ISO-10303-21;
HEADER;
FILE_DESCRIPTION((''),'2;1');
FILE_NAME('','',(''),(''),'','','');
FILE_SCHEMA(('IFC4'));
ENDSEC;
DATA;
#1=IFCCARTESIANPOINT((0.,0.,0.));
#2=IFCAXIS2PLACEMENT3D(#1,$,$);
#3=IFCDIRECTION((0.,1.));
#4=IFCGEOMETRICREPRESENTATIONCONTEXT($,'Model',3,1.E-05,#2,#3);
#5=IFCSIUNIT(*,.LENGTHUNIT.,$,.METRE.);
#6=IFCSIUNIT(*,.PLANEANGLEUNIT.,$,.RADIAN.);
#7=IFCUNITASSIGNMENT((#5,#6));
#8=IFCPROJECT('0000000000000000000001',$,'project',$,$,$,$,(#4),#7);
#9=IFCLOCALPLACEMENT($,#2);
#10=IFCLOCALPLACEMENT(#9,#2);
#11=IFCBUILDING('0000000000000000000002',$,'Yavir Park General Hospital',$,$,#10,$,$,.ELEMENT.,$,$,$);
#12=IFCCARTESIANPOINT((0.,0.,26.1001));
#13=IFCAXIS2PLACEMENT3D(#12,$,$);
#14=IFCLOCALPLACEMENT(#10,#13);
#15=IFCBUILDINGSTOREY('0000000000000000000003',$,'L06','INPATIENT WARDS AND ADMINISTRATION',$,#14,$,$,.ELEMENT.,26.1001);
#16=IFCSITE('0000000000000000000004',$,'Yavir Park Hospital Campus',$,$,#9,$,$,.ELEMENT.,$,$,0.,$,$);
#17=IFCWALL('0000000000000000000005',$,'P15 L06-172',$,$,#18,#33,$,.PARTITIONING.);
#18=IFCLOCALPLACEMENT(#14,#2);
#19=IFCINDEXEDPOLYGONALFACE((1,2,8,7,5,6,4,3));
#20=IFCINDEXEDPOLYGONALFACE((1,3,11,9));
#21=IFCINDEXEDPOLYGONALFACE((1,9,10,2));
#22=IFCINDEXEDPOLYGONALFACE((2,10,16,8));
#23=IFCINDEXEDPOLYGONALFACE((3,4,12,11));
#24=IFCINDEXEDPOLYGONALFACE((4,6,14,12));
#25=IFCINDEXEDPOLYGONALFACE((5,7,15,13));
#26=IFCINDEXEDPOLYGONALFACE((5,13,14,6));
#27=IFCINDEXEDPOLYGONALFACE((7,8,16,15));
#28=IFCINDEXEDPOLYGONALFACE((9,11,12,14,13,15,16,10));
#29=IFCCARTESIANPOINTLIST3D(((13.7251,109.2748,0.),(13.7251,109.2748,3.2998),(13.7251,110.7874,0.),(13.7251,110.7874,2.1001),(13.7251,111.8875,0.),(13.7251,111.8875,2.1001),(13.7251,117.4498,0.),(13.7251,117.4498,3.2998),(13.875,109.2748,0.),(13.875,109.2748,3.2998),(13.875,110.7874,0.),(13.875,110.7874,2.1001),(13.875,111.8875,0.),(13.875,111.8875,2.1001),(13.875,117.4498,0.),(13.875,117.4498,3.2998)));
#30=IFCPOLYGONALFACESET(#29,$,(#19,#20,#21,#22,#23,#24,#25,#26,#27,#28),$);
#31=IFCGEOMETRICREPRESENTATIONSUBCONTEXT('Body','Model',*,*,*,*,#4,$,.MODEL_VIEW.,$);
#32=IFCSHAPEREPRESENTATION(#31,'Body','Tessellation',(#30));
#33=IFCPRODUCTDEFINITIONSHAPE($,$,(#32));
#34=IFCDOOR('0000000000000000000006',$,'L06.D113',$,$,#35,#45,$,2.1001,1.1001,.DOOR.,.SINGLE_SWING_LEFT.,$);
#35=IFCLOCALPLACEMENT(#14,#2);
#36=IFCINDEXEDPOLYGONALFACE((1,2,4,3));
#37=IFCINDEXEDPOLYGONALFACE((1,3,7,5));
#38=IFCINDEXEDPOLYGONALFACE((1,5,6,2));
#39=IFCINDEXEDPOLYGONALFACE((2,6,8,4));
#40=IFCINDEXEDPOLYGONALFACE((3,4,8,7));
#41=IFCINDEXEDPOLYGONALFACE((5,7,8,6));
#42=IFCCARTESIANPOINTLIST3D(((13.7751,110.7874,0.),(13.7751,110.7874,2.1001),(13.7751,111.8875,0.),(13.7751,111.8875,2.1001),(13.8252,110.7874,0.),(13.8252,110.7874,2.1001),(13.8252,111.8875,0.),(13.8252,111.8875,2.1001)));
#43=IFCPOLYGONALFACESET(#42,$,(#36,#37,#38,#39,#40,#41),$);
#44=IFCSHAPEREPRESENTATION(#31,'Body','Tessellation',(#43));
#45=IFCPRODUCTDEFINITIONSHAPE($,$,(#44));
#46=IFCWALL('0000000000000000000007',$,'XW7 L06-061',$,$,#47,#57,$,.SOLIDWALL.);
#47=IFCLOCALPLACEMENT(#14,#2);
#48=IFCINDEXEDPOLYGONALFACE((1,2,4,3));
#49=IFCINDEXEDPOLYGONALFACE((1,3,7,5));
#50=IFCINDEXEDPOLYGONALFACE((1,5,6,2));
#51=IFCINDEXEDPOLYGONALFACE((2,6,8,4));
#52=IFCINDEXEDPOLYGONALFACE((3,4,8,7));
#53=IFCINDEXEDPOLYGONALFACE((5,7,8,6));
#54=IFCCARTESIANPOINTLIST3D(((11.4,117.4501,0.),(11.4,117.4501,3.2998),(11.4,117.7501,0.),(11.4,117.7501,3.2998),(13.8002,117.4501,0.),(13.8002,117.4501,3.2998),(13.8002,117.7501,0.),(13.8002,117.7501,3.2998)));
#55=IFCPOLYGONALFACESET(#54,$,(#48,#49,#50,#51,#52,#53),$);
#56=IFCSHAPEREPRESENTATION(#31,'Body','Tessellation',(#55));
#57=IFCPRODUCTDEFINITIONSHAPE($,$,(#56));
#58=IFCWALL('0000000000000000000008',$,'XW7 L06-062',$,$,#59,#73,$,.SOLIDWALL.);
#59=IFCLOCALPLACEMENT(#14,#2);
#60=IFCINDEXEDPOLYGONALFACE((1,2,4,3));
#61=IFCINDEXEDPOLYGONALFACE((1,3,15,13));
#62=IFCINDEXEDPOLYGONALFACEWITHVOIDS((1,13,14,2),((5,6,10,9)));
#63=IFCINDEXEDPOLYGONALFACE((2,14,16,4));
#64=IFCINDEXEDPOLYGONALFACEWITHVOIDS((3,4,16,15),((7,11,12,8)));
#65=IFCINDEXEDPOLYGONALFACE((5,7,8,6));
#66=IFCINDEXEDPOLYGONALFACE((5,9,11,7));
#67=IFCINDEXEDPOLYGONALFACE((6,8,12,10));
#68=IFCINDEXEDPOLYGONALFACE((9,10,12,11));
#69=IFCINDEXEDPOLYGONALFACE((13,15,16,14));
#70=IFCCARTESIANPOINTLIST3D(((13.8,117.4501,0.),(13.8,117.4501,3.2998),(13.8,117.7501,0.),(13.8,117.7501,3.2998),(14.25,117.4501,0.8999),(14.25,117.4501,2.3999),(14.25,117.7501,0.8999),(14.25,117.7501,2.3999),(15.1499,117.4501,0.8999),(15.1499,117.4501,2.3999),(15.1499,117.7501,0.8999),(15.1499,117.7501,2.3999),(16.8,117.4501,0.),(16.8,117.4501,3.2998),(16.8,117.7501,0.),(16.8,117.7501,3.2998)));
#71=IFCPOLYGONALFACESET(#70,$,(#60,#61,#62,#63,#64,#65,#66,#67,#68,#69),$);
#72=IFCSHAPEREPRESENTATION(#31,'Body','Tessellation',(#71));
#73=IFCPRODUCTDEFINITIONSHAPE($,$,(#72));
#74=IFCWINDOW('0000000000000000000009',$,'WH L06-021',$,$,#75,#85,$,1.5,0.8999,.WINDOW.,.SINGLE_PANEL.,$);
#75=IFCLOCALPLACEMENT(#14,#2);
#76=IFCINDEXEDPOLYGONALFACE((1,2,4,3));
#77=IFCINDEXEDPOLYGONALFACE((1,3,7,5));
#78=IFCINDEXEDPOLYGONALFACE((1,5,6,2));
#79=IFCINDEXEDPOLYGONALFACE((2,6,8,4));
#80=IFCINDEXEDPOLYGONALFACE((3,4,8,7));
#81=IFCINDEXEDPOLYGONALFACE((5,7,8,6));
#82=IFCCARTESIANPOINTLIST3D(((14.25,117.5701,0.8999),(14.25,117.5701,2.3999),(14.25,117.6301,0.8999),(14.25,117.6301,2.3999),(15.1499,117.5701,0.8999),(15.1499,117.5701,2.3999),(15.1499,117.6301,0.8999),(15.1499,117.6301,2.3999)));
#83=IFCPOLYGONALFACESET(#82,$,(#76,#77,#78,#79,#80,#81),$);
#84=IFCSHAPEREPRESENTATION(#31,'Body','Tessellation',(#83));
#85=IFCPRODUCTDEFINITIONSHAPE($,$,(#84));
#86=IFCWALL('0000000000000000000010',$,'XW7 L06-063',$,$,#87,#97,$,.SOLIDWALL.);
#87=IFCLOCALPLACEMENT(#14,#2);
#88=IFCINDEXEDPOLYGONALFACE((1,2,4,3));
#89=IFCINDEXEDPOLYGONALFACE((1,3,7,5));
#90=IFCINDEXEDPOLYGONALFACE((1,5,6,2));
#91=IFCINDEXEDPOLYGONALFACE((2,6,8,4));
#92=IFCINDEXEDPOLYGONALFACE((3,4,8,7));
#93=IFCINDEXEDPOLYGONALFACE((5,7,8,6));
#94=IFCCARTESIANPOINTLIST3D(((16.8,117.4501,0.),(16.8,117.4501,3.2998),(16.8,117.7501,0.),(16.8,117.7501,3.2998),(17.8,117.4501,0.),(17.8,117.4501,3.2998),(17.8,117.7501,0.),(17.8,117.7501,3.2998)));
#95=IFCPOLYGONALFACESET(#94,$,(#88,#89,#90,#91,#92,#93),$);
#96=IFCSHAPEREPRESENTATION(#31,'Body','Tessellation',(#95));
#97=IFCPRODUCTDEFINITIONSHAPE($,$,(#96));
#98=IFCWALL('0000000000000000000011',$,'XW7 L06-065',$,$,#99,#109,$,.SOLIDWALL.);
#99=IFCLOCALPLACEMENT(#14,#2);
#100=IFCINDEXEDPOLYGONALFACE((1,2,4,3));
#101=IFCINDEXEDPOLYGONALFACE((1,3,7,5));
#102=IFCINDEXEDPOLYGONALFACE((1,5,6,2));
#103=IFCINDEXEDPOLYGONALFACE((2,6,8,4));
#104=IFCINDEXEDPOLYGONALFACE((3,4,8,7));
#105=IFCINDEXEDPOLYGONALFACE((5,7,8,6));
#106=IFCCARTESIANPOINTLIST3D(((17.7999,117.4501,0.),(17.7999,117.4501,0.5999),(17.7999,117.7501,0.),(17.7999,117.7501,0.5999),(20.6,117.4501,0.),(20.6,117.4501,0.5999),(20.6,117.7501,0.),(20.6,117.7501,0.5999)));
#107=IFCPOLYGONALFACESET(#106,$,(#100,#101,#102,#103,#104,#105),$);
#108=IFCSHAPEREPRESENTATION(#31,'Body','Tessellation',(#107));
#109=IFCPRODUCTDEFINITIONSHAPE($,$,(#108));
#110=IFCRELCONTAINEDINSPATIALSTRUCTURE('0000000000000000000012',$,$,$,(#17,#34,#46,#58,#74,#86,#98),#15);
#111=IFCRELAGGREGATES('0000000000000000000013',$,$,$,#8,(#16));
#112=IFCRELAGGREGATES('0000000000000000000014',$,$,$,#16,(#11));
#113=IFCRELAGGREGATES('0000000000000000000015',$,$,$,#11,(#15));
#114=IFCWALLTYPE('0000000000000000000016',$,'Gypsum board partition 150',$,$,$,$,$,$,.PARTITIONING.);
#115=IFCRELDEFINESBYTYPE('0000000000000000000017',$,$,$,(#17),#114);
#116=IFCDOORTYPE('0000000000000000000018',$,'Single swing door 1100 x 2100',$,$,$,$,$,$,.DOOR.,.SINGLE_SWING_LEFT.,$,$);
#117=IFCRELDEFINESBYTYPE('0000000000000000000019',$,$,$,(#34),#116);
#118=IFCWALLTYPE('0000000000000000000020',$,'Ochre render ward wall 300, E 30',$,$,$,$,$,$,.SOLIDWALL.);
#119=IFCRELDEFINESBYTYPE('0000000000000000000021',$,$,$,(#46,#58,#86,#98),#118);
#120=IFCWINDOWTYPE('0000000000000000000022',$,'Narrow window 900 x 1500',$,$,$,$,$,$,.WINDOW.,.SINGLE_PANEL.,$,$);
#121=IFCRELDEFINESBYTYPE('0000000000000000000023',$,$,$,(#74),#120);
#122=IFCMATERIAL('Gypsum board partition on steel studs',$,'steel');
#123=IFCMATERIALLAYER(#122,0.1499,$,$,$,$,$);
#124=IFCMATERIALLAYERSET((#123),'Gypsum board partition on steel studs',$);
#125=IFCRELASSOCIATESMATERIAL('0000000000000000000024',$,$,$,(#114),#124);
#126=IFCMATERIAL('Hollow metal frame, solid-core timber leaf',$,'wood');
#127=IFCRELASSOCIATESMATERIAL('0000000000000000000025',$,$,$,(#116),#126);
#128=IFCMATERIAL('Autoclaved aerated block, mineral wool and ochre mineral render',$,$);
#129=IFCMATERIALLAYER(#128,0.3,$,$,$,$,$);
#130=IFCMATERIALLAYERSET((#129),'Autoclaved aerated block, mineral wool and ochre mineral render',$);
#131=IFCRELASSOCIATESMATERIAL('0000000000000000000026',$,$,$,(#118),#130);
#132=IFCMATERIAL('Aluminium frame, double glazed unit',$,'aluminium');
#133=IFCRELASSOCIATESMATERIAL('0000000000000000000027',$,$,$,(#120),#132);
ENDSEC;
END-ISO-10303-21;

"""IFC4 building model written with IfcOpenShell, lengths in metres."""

from ifc_helpers import new_model, si_unit, direction, frame, frame_2d, origin, place, context, subcontext, project, spatial, rectangle, extrude, material, layer, layer_set, type_object, element, fill, save


model = new_model("IFC4")

# Units and contexts
model_context = context("Model", 3, precision=1e-05, world=origin(), true_north=direction((0.0, 1.0)))
body_context = subcontext(model_context, "Body", "Model", "MODEL_VIEW")
ifc_project = project(units=[si_unit("LENGTHUNIT", "METRE"), si_unit("PLANEANGLEUNIT", "RADIAN")], contexts=[model_context])

# Site, building, storey
site_placement = place(None, origin())
site = spatial("IfcSite", under=ifc_project, at=site_placement, Name="Yavir Park Hospital Campus", CompositionType="ELEMENT", RefElevation=0.0)
building_placement = place(site_placement, origin())
building = spatial("IfcBuilding", under=site, at=building_placement, Name="Yavir Park General Hospital", CompositionType="ELEMENT")
storey_placement = place(building_placement, frame((0.0, 0.0, 26.1001)))
storey = spatial("IfcBuildingStorey", under=building, at=storey_placement, Name="L06", Description="INPATIENT WARDS AND ADMINISTRATION", CompositionType="ELEMENT", Elevation=26.1001)

# Shared definitions
ifc_material_1 = material(Name="Gypsum board partition on steel studs", Category="steel")
ifc_layer_1 = layer(ifc_material_1, 0.1499)
ifc_layer_set_1 = layer_set([ifc_layer_1], Name="Gypsum board partition on steel studs")
wall_type_1 = type_object("IfcWallType", Name="Gypsum board partition 150", PredefinedType="PARTITIONING", material=ifc_layer_set_1)

# Wall, opening, door
ifc_material_2 = material(Name="Hollow metal frame, solid-core timber leaf", Category="wood")
door_type_1 = type_object("IfcDoorType", Name="Single swing door 1100 x 2100", OperationType="SINGLE_SWING_LEFT", PredefinedType="DOOR", material=ifc_material_2)
wall_1_placement = place(storey_placement, frame((13.8, 109.2749, 0.0), z_axis=(0.0, 0.0, 1.0), x_axis=(0.0, 1.0, 0.0)))
wall_1 = element("IfcWall", 1, at=wall_1_placement, inside=storey, type_object=wall_type_1, Name="P15 L06-172", PredefinedType="PARTITIONING", context=body_context, shape_type="SweptSolid", body=[
    extrude(rectangle(XDim=8.175, YDim=0.1499, at=frame_2d((4.0874, 0.0))), origin(), (0.0, 0.0, 1.0), 3.2998),
])
opening_1_placement = place(wall_1_placement, frame((1.5125, 0.0, 0.0)))
opening_1 = element("IfcOpeningElement", 2, at=opening_1_placement, cuts=wall_1, PredefinedType="OPENING", context=body_context, shape_type="SweptSolid", body=[
    extrude(rectangle(XDim=1.1001, YDim=2.1001, at=frame_2d((0.55, 1.05))), frame((0.0, 0.085, 0.0), z_axis=(0.0, -1.0, 0.0), x_axis=(1.0, 0.0, 0.0)), (0.0, 0.0, 1.0), 0.1699),
])
door_1_placement = place(opening_1_placement, origin())
door_1 = element("IfcDoor", 3, at=door_1_placement, inside=storey, type_object=door_type_1, Name="L06.D113", OperationType="SINGLE_SWING_LEFT", OverallHeight=2.1001, OverallWidth=1.1001, PredefinedType="DOOR", context=body_context, shape_type="SweptSolid", body=[
    extrude(rectangle(XDim=1.1001, YDim=2.1001, at=frame_2d((0.55, 1.05))), frame((0.0, 0.0249, 0.0), z_axis=(0.0, -1.0, 0.0), x_axis=(1.0, 0.0, 0.0)), (0.0, 0.0, 1.0), 0.05),
])
fill(opening_1, door_1)

# Wall
ifc_material_3 = material(Name="Autoclaved aerated block, mineral wool and ochre mineral render")
ifc_layer_2 = layer(ifc_material_3, 0.3)
ifc_layer_set_2 = layer_set([ifc_layer_2], Name="Autoclaved aerated block, mineral wool and ochre mineral render")
wall_type_2 = type_object("IfcWallType", Name="Ochre render ward wall 300, E 30", PredefinedType="SOLIDWALL", material=ifc_layer_set_2)
wall_2_placement = place(storey_placement, frame((11.3999, 117.6001, 0.0), z_axis=(0.0, 0.0, 1.0), x_axis=(1.0, 0.0, 0.0)))
element("IfcWall", 4, at=wall_2_placement, inside=storey, type_object=wall_type_2, Name="XW7 L06-061", PredefinedType="SOLIDWALL", context=body_context, shape_type="SweptSolid", body=[
    extrude(rectangle(XDim=2.4001, YDim=0.3, at=frame_2d((1.2002, 0.0))), origin(), (0.0, 0.0, 1.0), 3.2998),
])

# Wall, opening, window
wall_3_placement = place(storey_placement, frame((13.8, 117.6001, 0.0), z_axis=(0.0, 0.0, 1.0), x_axis=(1.0, 0.0, 0.0)))
wall_3 = element("IfcWall", 5, at=wall_3_placement, inside=storey, type_object=wall_type_2, Name="XW7 L06-062", PredefinedType="SOLIDWALL", context=body_context, shape_type="SweptSolid", body=[
    extrude(rectangle(XDim=3.0, YDim=0.3, at=frame_2d((1.5, 0.0))), origin(), (0.0, 0.0, 1.0), 3.2998),
])
opening_2_placement = place(wall_3_placement, frame((0.45, 0.0, 0.8999)))
opening_2 = element("IfcOpeningElement", 6, at=opening_2_placement, cuts=wall_3, PredefinedType="OPENING", context=body_context, shape_type="SweptSolid", body=[
    extrude(rectangle(XDim=0.8999, YDim=1.5, at=frame_2d((0.45, 0.75))), frame((0.0, 0.1599, 0.0), z_axis=(0.0, -1.0, 0.0), x_axis=(1.0, 0.0, 0.0)), (0.0, 0.0, 1.0), 0.3201),
])
ifc_material_4 = material(Name="Aluminium frame, double glazed unit", Category="aluminium")
window_type = type_object("IfcWindowType", Name="Narrow window 900 x 1500", PartitioningType="SINGLE_PANEL", PredefinedType="WINDOW", material=ifc_material_4)
window_placement = place(opening_2_placement, origin())
window = element("IfcWindow", 7, at=window_placement, inside=storey, type_object=window_type, Name="WH L06-021", OverallHeight=1.5, OverallWidth=0.8999, PartitioningType="SINGLE_PANEL", PredefinedType="WINDOW", context=body_context, shape_type="SweptSolid", body=[
    extrude(rectangle(XDim=0.8999, YDim=1.5, at=frame_2d((0.45, 0.75))), frame((0.0, 0.03, 0.0), z_axis=(0.0, -1.0, 0.0), x_axis=(1.0, 0.0, 0.0)), (0.0, 0.0, 1.0), 0.0601),
])
fill(opening_2, window)

# Walls
wall_4_placement = place(storey_placement, frame((16.8, 117.6001, 0.0), z_axis=(0.0, 0.0, 1.0), x_axis=(1.0, 0.0, 0.0)))
element("IfcWall", 8, at=wall_4_placement, inside=storey, type_object=wall_type_2, Name="XW7 L06-063", PredefinedType="SOLIDWALL", context=body_context, shape_type="SweptSolid", body=[
    extrude(rectangle(XDim=1.0, YDim=0.3, at=frame_2d((0.5, 0.0))), origin(), (0.0, 0.0, 1.0), 3.2998),
])
wall_5_placement = place(storey_placement, frame((17.8, 117.6001, 0.0), z_axis=(0.0, 0.0, 1.0), x_axis=(1.0, 0.0, 0.0)))
element("IfcWall", 9, at=wall_5_placement, inside=storey, type_object=wall_type_2, Name="XW7 L06-065", PredefinedType="SOLIDWALL", context=body_context, shape_type="SweptSolid", body=[
    extrude(rectangle(XDim=2.8, YDim=0.3, at=frame_2d((1.3999, 0.0))), origin(), (0.0, 0.0, 1.0), 0.5999),
])

save(model, "model.ifc")
